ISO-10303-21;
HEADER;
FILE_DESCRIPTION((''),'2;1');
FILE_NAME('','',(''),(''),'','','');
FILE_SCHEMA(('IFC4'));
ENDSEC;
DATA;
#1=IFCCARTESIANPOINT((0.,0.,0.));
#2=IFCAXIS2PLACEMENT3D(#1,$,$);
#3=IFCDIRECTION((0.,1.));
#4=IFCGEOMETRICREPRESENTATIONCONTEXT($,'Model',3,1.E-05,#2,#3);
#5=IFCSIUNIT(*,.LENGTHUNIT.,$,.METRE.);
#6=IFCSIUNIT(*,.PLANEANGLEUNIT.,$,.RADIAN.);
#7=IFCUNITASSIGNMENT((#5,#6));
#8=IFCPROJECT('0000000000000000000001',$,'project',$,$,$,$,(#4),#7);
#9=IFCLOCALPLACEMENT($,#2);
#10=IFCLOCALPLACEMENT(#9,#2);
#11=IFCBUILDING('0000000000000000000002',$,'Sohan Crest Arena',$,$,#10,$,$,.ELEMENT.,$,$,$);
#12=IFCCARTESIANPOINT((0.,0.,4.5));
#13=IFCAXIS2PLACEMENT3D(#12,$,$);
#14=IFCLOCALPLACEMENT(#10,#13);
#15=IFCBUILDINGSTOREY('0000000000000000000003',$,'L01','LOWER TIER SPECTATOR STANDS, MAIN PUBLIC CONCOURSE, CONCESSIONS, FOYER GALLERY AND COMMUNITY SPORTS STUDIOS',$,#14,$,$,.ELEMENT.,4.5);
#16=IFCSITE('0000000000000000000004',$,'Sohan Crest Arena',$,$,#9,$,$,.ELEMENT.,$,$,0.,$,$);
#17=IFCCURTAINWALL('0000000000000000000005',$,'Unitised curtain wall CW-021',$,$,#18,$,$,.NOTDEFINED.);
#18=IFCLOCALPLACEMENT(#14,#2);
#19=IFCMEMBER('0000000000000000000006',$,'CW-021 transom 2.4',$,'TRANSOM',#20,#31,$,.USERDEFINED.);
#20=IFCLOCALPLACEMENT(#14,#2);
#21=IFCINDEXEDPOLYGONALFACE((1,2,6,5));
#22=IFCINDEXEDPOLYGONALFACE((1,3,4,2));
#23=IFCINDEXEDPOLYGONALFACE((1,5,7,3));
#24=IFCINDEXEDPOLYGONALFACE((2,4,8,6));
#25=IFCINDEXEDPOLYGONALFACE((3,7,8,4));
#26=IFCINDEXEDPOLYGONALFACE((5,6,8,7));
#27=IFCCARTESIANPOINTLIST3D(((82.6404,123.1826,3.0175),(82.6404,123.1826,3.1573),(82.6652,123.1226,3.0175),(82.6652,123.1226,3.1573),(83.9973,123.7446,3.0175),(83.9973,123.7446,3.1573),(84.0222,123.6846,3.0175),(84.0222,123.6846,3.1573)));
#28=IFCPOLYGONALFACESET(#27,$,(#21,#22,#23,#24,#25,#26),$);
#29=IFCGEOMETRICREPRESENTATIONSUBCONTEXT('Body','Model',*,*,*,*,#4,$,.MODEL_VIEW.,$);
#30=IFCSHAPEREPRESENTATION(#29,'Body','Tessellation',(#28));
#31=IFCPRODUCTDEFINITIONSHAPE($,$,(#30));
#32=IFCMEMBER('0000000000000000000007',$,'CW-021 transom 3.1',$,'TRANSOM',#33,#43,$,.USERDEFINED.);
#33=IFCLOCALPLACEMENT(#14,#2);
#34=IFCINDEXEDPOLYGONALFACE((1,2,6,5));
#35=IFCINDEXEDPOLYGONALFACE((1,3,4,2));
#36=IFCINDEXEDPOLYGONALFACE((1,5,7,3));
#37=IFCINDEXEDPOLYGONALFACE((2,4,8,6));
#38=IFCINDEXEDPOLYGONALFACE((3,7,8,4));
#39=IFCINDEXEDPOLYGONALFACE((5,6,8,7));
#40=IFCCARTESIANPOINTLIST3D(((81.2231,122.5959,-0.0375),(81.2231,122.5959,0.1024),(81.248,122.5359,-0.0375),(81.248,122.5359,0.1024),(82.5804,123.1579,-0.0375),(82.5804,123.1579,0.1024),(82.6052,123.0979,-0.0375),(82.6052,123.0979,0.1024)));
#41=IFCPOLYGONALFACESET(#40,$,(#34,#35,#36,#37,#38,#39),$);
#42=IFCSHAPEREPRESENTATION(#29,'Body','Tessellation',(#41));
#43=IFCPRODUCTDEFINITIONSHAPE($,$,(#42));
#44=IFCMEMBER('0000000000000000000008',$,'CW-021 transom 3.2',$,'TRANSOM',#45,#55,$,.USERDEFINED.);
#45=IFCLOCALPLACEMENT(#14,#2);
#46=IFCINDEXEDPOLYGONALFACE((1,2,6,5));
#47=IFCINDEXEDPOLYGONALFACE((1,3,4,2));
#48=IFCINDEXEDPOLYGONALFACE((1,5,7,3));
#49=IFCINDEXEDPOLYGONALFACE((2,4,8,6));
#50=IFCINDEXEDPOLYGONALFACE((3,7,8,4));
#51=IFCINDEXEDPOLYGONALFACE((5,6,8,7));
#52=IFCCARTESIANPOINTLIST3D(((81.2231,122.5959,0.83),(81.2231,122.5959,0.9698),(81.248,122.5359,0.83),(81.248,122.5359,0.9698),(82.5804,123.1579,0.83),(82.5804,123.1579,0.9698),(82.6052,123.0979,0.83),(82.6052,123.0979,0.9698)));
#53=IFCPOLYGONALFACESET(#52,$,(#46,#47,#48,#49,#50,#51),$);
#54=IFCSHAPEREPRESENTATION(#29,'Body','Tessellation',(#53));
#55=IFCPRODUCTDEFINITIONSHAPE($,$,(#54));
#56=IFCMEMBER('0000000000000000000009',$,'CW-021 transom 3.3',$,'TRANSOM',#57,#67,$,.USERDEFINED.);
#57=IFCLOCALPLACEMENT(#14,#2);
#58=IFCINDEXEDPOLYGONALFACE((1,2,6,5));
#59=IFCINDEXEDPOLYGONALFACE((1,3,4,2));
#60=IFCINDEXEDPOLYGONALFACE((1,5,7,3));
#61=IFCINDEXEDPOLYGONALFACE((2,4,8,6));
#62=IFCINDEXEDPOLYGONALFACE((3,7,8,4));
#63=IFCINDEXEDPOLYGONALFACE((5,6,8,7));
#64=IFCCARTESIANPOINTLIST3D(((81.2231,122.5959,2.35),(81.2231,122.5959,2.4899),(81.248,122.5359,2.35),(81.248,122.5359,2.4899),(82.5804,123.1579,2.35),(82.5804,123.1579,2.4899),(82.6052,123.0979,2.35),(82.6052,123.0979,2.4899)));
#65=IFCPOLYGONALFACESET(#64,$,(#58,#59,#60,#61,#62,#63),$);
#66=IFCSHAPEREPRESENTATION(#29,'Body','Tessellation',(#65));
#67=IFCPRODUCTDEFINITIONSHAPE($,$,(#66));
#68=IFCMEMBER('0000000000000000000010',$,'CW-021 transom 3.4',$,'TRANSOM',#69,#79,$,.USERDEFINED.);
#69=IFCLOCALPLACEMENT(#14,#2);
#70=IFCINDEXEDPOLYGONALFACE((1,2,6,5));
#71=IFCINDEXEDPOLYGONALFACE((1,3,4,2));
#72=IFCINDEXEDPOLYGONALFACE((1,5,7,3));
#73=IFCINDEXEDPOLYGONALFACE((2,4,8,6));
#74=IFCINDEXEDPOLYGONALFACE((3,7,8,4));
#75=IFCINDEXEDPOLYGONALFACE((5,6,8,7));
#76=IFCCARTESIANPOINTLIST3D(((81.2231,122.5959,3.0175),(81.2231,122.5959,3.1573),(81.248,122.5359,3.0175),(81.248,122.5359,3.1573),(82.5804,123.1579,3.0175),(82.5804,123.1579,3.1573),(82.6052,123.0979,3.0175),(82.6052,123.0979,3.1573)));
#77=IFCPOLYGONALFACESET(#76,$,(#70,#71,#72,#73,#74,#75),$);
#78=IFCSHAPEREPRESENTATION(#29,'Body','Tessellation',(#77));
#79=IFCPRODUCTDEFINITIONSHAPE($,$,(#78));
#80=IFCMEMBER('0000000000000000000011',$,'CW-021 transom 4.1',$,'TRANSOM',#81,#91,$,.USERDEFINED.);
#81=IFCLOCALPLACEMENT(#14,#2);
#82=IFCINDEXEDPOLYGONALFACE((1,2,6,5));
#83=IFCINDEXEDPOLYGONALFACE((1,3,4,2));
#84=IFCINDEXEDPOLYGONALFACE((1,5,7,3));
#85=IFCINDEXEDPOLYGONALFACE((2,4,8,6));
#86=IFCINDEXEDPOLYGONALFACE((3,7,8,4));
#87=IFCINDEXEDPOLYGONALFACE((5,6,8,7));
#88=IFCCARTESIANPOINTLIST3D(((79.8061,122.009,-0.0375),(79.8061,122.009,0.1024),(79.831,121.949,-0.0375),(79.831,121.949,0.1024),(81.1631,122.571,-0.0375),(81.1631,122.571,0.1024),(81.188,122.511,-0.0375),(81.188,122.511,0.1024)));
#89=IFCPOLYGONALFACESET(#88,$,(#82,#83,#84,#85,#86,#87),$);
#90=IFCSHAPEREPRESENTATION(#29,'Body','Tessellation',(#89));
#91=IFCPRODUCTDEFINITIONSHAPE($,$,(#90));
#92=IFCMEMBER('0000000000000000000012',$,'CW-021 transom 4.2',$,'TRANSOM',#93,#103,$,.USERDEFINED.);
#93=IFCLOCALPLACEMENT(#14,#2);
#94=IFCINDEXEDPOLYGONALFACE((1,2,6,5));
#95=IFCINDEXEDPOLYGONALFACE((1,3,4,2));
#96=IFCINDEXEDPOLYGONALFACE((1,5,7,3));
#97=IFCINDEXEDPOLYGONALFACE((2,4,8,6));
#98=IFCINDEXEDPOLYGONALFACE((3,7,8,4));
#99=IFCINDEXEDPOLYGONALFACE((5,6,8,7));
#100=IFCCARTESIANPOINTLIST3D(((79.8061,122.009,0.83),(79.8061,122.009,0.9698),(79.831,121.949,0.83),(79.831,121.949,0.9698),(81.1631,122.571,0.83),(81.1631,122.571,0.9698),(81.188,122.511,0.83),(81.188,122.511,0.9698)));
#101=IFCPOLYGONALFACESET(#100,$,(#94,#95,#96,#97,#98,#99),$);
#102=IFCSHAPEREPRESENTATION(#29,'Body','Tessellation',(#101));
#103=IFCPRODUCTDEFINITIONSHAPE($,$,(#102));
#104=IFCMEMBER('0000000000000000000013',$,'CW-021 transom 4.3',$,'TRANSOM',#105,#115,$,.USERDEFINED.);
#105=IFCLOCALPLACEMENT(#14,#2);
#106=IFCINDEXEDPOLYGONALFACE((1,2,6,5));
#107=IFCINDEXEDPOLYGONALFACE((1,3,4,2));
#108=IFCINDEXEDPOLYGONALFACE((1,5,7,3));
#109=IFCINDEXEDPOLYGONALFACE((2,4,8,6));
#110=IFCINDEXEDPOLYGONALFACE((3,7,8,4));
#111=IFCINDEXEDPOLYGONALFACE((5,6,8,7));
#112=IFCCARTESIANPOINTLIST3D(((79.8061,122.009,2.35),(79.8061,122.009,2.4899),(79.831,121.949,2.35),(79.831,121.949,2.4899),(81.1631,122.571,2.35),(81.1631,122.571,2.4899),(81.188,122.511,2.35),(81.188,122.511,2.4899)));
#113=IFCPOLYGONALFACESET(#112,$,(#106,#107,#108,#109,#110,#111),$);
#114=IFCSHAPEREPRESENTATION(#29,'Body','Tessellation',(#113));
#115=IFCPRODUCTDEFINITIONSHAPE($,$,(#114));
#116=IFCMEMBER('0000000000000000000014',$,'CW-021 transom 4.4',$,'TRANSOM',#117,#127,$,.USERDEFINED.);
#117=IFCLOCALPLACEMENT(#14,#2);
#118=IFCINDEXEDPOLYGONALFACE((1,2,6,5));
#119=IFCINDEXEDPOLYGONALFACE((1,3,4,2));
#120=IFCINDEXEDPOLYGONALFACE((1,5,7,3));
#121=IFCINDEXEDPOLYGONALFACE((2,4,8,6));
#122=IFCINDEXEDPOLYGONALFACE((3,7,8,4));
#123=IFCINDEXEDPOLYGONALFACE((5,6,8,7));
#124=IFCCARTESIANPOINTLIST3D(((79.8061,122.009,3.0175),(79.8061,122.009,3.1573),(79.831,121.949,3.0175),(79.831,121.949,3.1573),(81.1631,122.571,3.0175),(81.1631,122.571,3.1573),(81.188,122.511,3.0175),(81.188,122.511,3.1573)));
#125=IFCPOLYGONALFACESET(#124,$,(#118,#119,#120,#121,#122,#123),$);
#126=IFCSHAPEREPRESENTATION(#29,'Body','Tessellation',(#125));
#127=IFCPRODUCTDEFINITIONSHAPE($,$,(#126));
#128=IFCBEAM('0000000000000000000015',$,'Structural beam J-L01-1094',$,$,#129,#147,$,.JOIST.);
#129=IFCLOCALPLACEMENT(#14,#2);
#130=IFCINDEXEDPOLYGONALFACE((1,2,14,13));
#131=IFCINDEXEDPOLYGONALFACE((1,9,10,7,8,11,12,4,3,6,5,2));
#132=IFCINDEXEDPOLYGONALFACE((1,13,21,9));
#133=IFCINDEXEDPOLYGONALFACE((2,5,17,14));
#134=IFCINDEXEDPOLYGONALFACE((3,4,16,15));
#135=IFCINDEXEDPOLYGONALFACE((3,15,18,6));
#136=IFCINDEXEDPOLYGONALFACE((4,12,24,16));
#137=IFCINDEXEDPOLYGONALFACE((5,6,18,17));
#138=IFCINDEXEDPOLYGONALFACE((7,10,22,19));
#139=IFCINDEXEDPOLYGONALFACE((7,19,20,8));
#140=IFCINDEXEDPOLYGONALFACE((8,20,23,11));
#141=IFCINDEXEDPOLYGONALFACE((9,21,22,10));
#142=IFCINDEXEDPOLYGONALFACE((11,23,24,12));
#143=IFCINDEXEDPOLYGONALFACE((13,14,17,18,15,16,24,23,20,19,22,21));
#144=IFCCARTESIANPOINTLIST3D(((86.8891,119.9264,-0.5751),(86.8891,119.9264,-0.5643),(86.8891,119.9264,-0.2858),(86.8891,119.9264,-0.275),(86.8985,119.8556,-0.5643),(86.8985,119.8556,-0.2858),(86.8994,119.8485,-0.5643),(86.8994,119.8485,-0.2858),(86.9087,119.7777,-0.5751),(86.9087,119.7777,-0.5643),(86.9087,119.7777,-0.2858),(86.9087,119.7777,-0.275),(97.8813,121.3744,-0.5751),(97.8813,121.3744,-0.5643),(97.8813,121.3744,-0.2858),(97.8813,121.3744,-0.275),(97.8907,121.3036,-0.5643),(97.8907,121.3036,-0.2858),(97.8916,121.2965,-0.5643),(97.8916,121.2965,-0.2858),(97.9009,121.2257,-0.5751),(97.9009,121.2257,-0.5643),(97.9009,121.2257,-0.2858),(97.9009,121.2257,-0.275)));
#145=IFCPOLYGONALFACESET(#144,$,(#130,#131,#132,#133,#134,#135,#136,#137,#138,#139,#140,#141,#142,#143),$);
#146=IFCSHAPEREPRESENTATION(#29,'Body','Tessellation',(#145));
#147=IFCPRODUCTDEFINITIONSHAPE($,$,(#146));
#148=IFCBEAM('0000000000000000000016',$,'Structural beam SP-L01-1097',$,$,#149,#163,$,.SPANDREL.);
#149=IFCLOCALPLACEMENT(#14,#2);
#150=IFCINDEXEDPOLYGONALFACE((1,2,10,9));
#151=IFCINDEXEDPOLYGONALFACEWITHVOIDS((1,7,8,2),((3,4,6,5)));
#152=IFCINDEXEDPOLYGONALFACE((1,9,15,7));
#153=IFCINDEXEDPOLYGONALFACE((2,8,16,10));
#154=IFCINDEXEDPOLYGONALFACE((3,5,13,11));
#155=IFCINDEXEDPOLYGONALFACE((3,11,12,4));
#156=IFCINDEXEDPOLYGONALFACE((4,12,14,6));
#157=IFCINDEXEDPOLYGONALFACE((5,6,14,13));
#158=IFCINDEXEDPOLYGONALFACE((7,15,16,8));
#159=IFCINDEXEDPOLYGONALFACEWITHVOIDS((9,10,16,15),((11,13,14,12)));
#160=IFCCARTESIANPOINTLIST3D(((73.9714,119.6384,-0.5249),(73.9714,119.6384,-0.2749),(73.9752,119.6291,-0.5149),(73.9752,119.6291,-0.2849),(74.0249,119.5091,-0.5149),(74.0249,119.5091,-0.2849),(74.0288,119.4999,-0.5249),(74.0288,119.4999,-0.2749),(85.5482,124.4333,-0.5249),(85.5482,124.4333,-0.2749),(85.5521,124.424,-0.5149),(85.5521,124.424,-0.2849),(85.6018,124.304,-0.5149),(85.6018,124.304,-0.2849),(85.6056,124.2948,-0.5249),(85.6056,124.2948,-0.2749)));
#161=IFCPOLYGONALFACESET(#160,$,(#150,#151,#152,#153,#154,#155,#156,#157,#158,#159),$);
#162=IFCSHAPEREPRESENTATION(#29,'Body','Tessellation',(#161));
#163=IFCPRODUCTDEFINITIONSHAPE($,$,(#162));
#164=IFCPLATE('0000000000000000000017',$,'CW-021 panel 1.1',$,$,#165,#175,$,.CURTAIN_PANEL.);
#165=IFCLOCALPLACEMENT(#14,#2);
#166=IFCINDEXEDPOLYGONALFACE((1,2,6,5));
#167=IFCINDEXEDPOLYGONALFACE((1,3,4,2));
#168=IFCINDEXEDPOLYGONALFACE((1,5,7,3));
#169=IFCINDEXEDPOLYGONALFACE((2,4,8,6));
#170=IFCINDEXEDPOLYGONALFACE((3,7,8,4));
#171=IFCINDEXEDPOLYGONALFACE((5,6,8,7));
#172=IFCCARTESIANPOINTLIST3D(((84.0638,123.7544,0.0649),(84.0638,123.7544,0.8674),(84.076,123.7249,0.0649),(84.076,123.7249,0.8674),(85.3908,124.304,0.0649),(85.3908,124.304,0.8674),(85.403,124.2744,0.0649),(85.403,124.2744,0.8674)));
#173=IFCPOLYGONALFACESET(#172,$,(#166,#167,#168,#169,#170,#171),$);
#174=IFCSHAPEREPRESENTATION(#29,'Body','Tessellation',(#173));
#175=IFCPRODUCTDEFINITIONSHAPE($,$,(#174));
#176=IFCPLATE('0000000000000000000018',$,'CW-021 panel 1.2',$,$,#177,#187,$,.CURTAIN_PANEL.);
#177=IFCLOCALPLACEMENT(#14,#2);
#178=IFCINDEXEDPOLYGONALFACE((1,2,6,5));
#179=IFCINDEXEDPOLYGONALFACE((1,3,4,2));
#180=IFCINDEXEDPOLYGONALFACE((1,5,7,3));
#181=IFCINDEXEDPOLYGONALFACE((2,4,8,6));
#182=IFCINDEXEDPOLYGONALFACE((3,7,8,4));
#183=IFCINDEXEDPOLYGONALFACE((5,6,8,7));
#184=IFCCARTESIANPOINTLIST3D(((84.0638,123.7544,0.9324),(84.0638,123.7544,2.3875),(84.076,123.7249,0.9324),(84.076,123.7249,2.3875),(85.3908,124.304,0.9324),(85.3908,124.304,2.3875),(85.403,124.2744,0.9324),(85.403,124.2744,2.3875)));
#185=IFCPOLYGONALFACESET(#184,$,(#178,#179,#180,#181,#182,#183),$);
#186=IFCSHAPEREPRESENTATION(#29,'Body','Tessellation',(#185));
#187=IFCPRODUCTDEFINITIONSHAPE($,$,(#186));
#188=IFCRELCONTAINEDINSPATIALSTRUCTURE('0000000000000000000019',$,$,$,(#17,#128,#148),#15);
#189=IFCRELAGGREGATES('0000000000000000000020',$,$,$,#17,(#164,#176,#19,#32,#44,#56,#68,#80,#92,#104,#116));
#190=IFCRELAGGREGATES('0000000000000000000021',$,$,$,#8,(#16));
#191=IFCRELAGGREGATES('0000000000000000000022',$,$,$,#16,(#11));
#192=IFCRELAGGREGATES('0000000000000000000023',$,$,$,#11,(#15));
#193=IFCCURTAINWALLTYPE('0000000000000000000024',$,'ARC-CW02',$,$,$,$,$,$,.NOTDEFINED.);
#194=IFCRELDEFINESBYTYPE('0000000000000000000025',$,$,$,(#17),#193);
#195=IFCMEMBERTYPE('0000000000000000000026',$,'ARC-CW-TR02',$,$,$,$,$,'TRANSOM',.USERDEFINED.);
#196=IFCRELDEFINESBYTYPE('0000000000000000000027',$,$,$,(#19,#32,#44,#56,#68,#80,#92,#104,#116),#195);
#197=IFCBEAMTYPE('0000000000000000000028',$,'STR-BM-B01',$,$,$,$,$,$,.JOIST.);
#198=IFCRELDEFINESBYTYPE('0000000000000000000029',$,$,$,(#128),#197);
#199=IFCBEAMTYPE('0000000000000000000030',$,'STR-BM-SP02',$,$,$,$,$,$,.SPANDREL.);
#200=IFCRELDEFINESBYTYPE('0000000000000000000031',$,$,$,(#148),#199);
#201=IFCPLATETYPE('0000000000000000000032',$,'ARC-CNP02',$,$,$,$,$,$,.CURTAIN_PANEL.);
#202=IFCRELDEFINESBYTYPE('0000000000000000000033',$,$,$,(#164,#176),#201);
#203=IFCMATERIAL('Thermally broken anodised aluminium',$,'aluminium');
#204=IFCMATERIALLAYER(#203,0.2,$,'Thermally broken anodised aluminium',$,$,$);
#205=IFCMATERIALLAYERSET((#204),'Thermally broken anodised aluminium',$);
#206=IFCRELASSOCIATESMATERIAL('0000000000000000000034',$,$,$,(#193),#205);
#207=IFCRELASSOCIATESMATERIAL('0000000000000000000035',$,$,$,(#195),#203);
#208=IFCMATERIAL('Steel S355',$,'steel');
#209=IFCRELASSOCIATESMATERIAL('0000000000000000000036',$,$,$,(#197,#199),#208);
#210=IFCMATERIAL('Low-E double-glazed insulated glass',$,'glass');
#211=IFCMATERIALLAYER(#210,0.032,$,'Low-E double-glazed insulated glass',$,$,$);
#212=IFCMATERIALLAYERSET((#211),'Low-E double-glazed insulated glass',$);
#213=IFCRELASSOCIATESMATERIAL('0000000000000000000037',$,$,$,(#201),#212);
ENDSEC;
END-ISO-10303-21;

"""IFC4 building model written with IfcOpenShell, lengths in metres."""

from ifc_helpers import new_model, si_unit, direction, frame, origin, origin_2d, place, context, subcontext, project, spatial, rectangle, hollow_rectangle, i_section, extrude, material, layer, layer_set, material_profile, profile_set, type_object, element, aggregate, save


model = new_model("IFC4")

# Units and contexts
model_context = context("Model", 3, precision=1e-05, world=origin(), true_north=direction((0.0, 1.0)))
body_context = subcontext(model_context, "Body", "Model", "MODEL_VIEW")
ifc_project = project(units=[si_unit("LENGTHUNIT", "METRE"), si_unit("PLANEANGLEUNIT", "RADIAN")], contexts=[model_context])

# Site, building, storey
site_placement = place(None, origin())
site = spatial("IfcSite", under=ifc_project, at=site_placement, Name="Sohan Crest Arena", CompositionType="ELEMENT", RefElevation=0.0)
building_placement = place(site_placement, origin())
building = spatial("IfcBuilding", under=site, at=building_placement, Name="Sohan Crest Arena", CompositionType="ELEMENT")
storey_placement = place(building_placement, frame((0.0, 0.0, 4.5)))
storey = spatial("IfcBuildingStorey", under=building, at=storey_placement, Name="L01", Description="LOWER TIER SPECTATOR STANDS, MAIN PUBLIC CONCOURSE, CONCESSIONS, FOYER GALLERY AND COMMUNITY SPORTS STUDIOS", CompositionType="ELEMENT", Elevation=4.5)

# Shared definitions
ifc_material_1 = material(Name="Steel S355", Category="steel")

# Shared definitions
ifc_material_2 = material(Name="Thermally broken anodised aluminium", Category="aluminium")

# Curtain wall, members
ifc_layer_1 = layer(ifc_material_2, 0.2, Name="Thermally broken anodised aluminium")
ifc_layer_set_1 = layer_set([ifc_layer_1], Name="Thermally broken anodised aluminium")
curtain_wall_type_1 = type_object("IfcCurtainWallType", Name="ARC-CW02", PredefinedType="NOTDEFINED", material=ifc_layer_set_1)
curtain_wall_1_placement = place(storey_placement, origin())
curtain_wall_1 = element("IfcCurtainWall", 1, at=curtain_wall_1_placement, inside=storey, type_object=curtain_wall_type_1, Name="Unitised curtain wall CW-021", PredefinedType="NOTDEFINED")
ifc_material_profile_1 = material_profile(ifc_material_2, rectangle(XDim=0.0649, YDim=0.1399, at=origin_2d()), Name="ALU-TRAN 65x140")
ifc_profile_set_1 = profile_set([ifc_material_profile_1], Name="Thermally broken anodised aluminium")
member_type_1 = type_object("IfcMemberType", Name="ARC-CW-TR02", ElementType="TRANSOM", PredefinedType="USERDEFINED", material=ifc_profile_set_1)
member_1_placement = place(storey_placement, frame((84.0098, 123.7146, 3.0874), z_axis=(-0.923891, -0.382655, 0.0), x_axis=(0.382655, -0.923891, 0.0)))
member_1 = element("IfcMember", 2, at=member_1_placement, type_object=member_type_1, Name="CW-021 transom 2.4", ObjectType="TRANSOM", PredefinedType="USERDEFINED", context=body_context, shape_type="SweptSolid", body=[
    extrude(rectangle(XDim=0.0649, YDim=0.1399, at=origin_2d()), origin(), (0.0, 0.0, 1.0), 1.4688),
])
member_2_placement = place(storey_placement, frame((82.5928, 123.1279, 0.0325), z_axis=(-0.923916, -0.382596, 0.0), x_axis=(0.382596, -0.923916, 0.0)))
member_2 = element("IfcMember", 3, at=member_2_placement, type_object=member_type_1, Name="CW-021 transom 3.1", ObjectType="TRANSOM", PredefinedType="USERDEFINED", context=body_context, shape_type="SweptSolid", body=[
    extrude(rectangle(XDim=0.0649, YDim=0.1399, at=origin_2d()), origin(), (0.0, 0.0, 1.0), 1.469),
])
member_3_placement = place(storey_placement, frame((82.5928, 123.1279, 0.8999), z_axis=(-0.923916, -0.382596, 0.0), x_axis=(0.382596, -0.923916, 0.0)))
member_3 = element("IfcMember", 4, at=member_3_placement, type_object=member_type_1, Name="CW-021 transom 3.2", ObjectType="TRANSOM", PredefinedType="USERDEFINED", context=body_context, shape_type="SweptSolid", body=[
    extrude(rectangle(XDim=0.0649, YDim=0.1399, at=origin_2d()), origin(), (0.0, 0.0, 1.0), 1.469),
])
member_4_placement = place(storey_placement, frame((82.5928, 123.1279, 2.4199), z_axis=(-0.923916, -0.382596, 0.0), x_axis=(0.382596, -0.923916, 0.0)))
member_4 = element("IfcMember", 5, at=member_4_placement, type_object=member_type_1, Name="CW-021 transom 3.3", ObjectType="TRANSOM", PredefinedType="USERDEFINED", context=body_context, shape_type="SweptSolid", body=[
    extrude(rectangle(XDim=0.0649, YDim=0.1399, at=origin_2d()), origin(), (0.0, 0.0, 1.0), 1.469),
])
member_5_placement = place(storey_placement, frame((82.5928, 123.1279, 3.0874), z_axis=(-0.923916, -0.382596, 0.0), x_axis=(0.382596, -0.923916, 0.0)))
member_5 = element("IfcMember", 6, at=member_5_placement, type_object=member_type_1, Name="CW-021 transom 3.4", ObjectType="TRANSOM", PredefinedType="USERDEFINED", context=body_context, shape_type="SweptSolid", body=[
    extrude(rectangle(XDim=0.0649, YDim=0.1399, at=origin_2d()), origin(), (0.0, 0.0, 1.0), 1.469),
])
member_6_placement = place(storey_placement, frame((81.1755, 122.541, 0.0325), z_axis=(-0.923891, -0.382655, 0.0), x_axis=(0.382655, -0.923891, 0.0)))
member_6 = element("IfcMember", 7, at=member_6_placement, type_object=member_type_1, Name="CW-021 transom 4.1", ObjectType="TRANSOM", PredefinedType="USERDEFINED", context=body_context, shape_type="SweptSolid", body=[
    extrude(rectangle(XDim=0.0649, YDim=0.1399, at=origin_2d()), origin(), (0.0, 0.0, 1.0), 1.4688),
])
member_7_placement = place(storey_placement, frame((81.1755, 122.541, 0.8999), z_axis=(-0.923891, -0.382655, 0.0), x_axis=(0.382655, -0.923891, 0.0)))
member_7 = element("IfcMember", 8, at=member_7_placement, type_object=member_type_1, Name="CW-021 transom 4.2", ObjectType="TRANSOM", PredefinedType="USERDEFINED", context=body_context, shape_type="SweptSolid", body=[
    extrude(rectangle(XDim=0.0649, YDim=0.1399, at=origin_2d()), origin(), (0.0, 0.0, 1.0), 1.4688),
])
member_8_placement = place(storey_placement, frame((81.1755, 122.541, 2.4199), z_axis=(-0.923891, -0.382655, 0.0), x_axis=(0.382655, -0.923891, 0.0)))
member_8 = element("IfcMember", 9, at=member_8_placement, type_object=member_type_1, Name="CW-021 transom 4.3", ObjectType="TRANSOM", PredefinedType="USERDEFINED", context=body_context, shape_type="SweptSolid", body=[
    extrude(rectangle(XDim=0.0649, YDim=0.1399, at=origin_2d()), origin(), (0.0, 0.0, 1.0), 1.4688),
])
member_9_placement = place(storey_placement, frame((81.1755, 122.541, 3.0874), z_axis=(-0.923891, -0.382655, 0.0), x_axis=(0.382655, -0.923891, 0.0)))
member_9 = element("IfcMember", 10, at=member_9_placement, type_object=member_type_1, Name="CW-021 transom 4.4", ObjectType="TRANSOM", PredefinedType="USERDEFINED", context=body_context, shape_type="SweptSolid", body=[
    extrude(rectangle(XDim=0.0649, YDim=0.1399, at=origin_2d()), origin(), (0.0, 0.0, 1.0), 1.4688),
])

# Beams
ifc_material_profile_2 = material_profile(ifc_material_1, i_section(OverallWidth=0.1499, OverallDepth=0.3, WebThickness=0.0071, FlangeThickness=0.0107, at=origin_2d()), Name="IPE 300")
ifc_profile_set_2 = profile_set([ifc_material_profile_2], Name="Steel S355")
beam_type_1 = type_object("IfcBeamType", Name="STR-BM-B01", PredefinedType="JOIST", material=ifc_profile_set_2)
beam_1_placement = place(storey_placement, frame((97.8911, 121.3, -0.425), z_axis=(-0.991435, -0.130601, 0.0), x_axis=(0.130601, -0.991435, 0.0)))
element("IfcBeam", 11, at=beam_1_placement, inside=storey, type_object=beam_type_1, Name="Structural beam J-L01-1094", PredefinedType="JOIST", context=body_context, shape_type="SweptSolid", body=[
    extrude(i_section(OverallWidth=0.1499, OverallDepth=0.3, WebThickness=0.0071, FlangeThickness=0.0107, at=origin_2d()), origin(), (0.0, 0.0, 1.0), 11.0872),
])
ifc_material_profile_3 = material_profile(ifc_material_1, hollow_rectangle(XDim=0.1499, YDim=0.25, WallThickness=0.01, at=origin_2d()), Name="RHS 250x150x10")
ifc_profile_set_3 = profile_set([ifc_material_profile_3], Name="Steel S355")
beam_type_2 = type_object("IfcBeamType", Name="STR-BM-SP02", PredefinedType="SPANDREL", material=ifc_profile_set_3)
beam_2_placement = place(storey_placement, frame((85.5769, 124.364, -0.3999), z_axis=(-0.923891, -0.382657, 0.0), x_axis=(0.382657, -0.923891, 0.0)))
element("IfcBeam", 12, at=beam_2_placement, inside=storey, type_object=beam_type_2, Name="Structural beam SP-L01-1097", PredefinedType="SPANDREL", context=body_context, shape_type="SweptSolid", body=[
    extrude(hollow_rectangle(XDim=0.1499, YDim=0.25, WallThickness=0.01, at=origin_2d()), origin(), (0.0, 0.0, 1.0), 12.5305),
])

# Plates
ifc_material_3 = material(Name="Low-E double-glazed insulated glass", Category="glass")
ifc_layer_2 = layer(ifc_material_3, 0.032, Name="Low-E double-glazed insulated glass")
ifc_layer_set_2 = layer_set([ifc_layer_2], Name="Low-E double-glazed insulated glass")
plate_type = type_object("IfcPlateType", Name="ARC-CNP02", PredefinedType="CURTAIN_PANEL", material=ifc_layer_set_2)
plate_1_placement = place(storey_placement, frame((84.7334, 124.0144, 0.0649), z_axis=(0.0, 0.0, 1.0), x_axis=(-0.923907, -0.382618, 0.0)))
plate_1 = element("IfcPlate", 13, at=plate_1_placement, type_object=plate_type, Name="CW-021 panel 1.1", PredefinedType="CURTAIN_PANEL", context=body_context, shape_type="SweptSolid", body=[
    extrude(rectangle(XDim=1.4363, YDim=0.032, at=origin_2d()), origin(), (0.0, 0.0, 1.0), 0.8025),
])
plate_2_placement = place(storey_placement, frame((84.7334, 124.0144, 0.9324), z_axis=(0.0, 0.0, 1.0), x_axis=(-0.923907, -0.382618, 0.0)))
plate_2 = element("IfcPlate", 14, at=plate_2_placement, type_object=plate_type, Name="CW-021 panel 1.2", PredefinedType="CURTAIN_PANEL", context=body_context, shape_type="SweptSolid", body=[
    extrude(rectangle(XDim=1.4363, YDim=0.032, at=origin_2d()), origin(), (0.0, 0.0, 1.0), 1.4551),
])
aggregate(curtain_wall_1, [plate_1, plate_2, member_1, member_2, member_3, member_4, member_5, member_6, member_7, member_8, member_9])

save(model, "model.ifc")
